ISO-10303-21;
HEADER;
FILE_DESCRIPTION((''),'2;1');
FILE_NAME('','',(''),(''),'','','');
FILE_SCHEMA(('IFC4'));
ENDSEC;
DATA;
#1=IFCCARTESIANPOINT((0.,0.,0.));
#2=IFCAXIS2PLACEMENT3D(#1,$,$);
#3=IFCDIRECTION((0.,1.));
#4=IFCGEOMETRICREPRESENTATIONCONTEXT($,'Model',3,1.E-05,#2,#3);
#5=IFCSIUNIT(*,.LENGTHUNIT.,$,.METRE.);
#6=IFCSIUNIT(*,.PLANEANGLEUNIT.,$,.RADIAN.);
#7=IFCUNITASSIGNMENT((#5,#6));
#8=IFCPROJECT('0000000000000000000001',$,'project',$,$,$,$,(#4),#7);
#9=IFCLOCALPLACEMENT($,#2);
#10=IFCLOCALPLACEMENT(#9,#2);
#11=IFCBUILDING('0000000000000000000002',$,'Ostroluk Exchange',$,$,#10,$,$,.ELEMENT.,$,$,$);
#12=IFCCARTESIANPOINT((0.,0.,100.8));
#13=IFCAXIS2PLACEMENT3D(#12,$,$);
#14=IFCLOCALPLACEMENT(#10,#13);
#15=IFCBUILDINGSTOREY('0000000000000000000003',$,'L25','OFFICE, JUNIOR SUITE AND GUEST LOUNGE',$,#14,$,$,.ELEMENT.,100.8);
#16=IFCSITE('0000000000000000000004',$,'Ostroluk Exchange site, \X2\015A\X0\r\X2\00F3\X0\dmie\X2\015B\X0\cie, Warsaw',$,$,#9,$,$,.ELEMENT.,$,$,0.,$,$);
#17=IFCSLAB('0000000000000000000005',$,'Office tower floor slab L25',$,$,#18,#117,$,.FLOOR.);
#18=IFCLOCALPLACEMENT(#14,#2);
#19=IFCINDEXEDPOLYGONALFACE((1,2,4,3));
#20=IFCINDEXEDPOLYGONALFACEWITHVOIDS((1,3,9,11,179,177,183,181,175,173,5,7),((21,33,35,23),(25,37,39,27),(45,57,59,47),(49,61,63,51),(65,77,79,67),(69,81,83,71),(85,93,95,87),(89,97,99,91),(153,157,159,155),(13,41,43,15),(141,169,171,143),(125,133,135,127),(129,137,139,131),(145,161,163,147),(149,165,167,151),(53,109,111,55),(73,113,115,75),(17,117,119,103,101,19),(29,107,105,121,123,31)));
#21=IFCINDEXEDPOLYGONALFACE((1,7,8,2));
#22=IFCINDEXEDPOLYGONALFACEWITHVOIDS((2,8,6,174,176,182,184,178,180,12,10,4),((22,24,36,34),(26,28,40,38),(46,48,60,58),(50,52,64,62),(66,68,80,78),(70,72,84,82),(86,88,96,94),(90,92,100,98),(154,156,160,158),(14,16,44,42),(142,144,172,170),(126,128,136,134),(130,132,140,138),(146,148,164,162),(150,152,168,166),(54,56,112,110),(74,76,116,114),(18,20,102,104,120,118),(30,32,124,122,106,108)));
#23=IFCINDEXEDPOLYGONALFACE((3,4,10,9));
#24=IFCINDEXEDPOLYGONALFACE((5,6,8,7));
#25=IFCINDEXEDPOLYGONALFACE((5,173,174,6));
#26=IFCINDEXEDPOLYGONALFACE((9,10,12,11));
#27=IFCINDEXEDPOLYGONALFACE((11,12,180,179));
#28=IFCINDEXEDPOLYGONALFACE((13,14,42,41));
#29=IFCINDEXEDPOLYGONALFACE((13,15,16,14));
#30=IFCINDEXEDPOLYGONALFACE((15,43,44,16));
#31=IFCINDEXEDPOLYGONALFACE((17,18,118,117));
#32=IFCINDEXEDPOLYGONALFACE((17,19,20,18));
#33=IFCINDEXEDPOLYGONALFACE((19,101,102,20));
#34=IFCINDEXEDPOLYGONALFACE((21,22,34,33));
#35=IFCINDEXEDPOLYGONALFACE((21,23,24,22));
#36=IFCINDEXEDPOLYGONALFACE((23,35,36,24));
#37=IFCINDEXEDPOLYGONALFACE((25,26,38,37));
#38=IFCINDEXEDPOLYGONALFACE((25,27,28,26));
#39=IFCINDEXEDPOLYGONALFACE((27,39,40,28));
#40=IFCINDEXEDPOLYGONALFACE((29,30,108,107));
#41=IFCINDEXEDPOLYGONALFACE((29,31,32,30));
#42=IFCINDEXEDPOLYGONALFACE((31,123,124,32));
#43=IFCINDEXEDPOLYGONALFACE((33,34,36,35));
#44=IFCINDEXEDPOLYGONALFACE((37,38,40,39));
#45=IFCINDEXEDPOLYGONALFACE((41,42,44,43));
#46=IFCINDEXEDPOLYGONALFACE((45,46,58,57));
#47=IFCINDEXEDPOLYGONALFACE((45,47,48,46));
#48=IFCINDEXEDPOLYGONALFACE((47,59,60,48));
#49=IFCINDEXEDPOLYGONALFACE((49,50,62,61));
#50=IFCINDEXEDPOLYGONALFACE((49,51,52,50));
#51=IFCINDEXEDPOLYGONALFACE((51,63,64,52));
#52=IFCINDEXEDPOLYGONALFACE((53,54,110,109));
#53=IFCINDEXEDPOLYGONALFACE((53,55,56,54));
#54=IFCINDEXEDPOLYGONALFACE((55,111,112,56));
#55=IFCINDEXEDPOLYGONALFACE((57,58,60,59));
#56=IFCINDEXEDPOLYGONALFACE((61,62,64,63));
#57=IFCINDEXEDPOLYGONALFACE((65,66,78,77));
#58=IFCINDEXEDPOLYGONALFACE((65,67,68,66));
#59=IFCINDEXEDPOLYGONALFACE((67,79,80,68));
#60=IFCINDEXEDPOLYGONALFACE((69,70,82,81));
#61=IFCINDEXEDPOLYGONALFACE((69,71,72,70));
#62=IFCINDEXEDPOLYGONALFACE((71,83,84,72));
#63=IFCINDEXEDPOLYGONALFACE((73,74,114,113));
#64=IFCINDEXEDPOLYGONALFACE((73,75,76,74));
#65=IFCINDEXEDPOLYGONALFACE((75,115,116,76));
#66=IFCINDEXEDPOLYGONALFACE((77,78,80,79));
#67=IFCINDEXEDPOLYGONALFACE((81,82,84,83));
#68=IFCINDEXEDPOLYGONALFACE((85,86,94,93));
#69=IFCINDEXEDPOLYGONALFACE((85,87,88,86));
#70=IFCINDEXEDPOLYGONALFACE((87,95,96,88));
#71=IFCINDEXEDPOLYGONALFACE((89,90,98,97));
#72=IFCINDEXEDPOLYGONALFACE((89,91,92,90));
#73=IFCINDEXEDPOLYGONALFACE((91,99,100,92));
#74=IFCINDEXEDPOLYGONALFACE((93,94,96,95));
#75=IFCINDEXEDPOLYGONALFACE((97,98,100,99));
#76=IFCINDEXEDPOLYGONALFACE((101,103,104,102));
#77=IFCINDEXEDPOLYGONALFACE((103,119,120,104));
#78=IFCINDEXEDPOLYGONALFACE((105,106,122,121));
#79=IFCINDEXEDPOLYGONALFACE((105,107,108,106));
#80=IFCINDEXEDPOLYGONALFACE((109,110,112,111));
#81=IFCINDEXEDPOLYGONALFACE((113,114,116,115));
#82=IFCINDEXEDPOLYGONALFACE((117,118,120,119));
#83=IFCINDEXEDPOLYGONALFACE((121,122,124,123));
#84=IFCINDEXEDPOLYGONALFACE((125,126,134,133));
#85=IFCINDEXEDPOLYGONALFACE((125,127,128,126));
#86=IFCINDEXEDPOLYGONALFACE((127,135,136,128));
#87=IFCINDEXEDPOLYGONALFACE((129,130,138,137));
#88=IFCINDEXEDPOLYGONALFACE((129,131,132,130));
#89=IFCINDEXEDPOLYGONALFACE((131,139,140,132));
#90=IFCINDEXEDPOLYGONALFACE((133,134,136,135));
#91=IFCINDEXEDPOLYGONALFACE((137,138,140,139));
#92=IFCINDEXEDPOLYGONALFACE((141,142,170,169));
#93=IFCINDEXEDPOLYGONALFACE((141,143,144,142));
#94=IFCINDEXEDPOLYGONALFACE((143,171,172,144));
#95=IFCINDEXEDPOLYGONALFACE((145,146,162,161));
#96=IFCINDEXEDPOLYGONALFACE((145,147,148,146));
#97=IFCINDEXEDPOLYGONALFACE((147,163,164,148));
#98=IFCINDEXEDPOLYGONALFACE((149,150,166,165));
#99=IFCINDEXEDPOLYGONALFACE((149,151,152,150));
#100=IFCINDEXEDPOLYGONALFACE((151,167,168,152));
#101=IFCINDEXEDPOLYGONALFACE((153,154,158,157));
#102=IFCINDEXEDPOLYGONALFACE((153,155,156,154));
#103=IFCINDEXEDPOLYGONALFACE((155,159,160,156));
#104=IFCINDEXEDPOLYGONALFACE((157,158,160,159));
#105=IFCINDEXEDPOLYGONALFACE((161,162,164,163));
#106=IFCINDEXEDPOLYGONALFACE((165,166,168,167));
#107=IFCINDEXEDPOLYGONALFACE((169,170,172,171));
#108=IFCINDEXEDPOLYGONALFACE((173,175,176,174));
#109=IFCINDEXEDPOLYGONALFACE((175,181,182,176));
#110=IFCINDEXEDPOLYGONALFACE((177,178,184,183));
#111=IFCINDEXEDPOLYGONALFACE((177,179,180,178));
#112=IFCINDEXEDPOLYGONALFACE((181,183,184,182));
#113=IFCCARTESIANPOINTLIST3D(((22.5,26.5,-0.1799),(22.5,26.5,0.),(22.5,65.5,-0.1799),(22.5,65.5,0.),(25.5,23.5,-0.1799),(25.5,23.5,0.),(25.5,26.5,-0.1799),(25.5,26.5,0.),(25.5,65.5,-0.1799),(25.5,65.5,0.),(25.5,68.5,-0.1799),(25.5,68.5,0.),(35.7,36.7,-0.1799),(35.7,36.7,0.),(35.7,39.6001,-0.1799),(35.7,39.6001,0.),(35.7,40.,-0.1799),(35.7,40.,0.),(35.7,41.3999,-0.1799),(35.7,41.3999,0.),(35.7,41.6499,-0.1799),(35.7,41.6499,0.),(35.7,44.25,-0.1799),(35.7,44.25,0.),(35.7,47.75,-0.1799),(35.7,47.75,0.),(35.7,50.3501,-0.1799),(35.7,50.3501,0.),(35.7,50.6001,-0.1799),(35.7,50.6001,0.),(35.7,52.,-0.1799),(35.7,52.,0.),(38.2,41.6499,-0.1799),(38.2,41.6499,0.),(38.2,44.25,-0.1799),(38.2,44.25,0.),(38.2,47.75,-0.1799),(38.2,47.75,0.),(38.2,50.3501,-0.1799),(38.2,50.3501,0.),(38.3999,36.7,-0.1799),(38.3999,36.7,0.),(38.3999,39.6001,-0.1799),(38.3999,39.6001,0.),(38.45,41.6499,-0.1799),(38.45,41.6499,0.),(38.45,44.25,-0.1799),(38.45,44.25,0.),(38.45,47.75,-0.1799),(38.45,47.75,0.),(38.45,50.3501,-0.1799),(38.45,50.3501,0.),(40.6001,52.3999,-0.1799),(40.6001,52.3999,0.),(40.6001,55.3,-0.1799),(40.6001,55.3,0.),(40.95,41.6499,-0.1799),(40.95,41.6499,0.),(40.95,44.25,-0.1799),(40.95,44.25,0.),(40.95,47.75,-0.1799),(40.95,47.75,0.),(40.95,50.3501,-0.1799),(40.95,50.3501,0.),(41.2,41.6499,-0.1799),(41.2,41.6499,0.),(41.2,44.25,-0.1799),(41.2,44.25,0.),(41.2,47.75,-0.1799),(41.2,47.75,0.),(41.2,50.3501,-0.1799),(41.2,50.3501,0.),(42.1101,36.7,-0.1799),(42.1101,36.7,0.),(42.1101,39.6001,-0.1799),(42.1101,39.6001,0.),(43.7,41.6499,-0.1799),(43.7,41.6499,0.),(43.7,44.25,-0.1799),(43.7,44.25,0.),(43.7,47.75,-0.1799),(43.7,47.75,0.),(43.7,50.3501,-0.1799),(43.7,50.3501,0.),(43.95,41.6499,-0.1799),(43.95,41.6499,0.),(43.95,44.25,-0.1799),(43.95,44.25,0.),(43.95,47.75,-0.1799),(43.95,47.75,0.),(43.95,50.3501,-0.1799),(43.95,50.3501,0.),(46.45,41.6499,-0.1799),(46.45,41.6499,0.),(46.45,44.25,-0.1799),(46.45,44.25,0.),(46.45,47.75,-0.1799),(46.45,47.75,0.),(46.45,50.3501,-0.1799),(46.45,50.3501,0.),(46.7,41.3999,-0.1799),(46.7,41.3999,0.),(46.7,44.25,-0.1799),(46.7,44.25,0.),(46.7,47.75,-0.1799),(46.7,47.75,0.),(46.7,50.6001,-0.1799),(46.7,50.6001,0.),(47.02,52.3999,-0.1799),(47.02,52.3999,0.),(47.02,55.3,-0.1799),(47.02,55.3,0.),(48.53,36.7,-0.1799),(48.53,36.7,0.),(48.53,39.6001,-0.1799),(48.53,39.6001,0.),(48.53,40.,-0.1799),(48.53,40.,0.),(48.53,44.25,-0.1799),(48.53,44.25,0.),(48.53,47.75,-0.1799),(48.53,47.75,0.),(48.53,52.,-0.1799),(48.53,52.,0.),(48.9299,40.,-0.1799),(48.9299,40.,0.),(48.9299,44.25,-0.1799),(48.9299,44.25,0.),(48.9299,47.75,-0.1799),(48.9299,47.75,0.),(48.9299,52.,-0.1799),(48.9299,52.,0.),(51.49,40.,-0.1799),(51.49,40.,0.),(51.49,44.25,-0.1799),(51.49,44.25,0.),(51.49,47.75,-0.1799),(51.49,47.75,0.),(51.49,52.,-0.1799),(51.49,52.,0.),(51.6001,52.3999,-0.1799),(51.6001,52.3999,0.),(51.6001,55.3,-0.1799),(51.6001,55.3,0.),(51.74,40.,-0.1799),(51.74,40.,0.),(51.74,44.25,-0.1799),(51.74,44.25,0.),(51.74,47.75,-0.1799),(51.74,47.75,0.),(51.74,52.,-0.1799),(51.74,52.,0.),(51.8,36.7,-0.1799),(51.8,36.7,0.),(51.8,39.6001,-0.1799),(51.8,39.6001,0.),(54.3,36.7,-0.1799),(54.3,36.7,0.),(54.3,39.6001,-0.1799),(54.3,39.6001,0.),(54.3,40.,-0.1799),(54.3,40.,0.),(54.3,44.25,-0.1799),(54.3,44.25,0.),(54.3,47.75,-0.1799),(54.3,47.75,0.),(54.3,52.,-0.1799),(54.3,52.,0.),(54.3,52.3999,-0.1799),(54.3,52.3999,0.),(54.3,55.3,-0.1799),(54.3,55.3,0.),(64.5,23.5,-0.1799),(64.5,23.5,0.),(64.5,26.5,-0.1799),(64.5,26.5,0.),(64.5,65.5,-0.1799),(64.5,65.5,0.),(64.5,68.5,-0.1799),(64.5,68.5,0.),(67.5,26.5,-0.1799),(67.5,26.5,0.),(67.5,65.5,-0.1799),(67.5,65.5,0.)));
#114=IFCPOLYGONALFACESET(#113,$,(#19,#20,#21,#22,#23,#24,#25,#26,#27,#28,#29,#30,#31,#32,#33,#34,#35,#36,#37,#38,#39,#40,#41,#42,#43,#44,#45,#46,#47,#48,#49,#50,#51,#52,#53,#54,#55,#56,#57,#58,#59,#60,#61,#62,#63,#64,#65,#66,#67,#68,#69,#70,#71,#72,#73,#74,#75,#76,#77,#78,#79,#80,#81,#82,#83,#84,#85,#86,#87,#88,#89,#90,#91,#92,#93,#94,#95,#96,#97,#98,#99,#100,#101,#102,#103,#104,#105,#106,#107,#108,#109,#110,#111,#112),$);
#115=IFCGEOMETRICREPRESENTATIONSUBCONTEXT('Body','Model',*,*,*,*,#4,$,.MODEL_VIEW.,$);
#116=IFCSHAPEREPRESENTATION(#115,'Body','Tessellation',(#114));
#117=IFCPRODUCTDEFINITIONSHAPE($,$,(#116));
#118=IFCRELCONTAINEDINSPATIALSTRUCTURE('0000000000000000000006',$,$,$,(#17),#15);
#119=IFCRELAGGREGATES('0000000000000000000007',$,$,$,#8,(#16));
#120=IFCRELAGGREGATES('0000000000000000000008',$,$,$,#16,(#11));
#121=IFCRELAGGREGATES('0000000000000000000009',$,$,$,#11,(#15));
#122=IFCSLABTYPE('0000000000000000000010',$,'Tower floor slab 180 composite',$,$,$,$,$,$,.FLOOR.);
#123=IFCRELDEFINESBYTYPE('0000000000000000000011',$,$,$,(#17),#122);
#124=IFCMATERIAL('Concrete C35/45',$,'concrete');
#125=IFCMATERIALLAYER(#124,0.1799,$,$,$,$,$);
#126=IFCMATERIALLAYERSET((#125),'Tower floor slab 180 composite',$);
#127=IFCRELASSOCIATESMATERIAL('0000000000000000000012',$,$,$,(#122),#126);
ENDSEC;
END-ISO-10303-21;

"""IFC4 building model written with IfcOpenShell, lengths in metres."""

from ifc_helpers import new_model, si_unit, direction, frame, origin, place, context, subcontext, project, spatial, polyline, outline, extrude, material, layer, layer_set, type_object, element, save


model = new_model("IFC4")

# Units and contexts
model_context = context("Model", 3, precision=1e-05, world=origin(), true_north=direction((0.0, 1.0)))
body_context = subcontext(model_context, "Body", "Model", "MODEL_VIEW")
ifc_project = project(units=[si_unit("LENGTHUNIT", "METRE"), si_unit("PLANEANGLEUNIT", "RADIAN")], contexts=[model_context])

# Site, building, storey
site_placement = place(None, origin())
site = spatial("IfcSite", under=ifc_project, at=site_placement, Name="Ostroluk Exchange site, Śródmieście, Warsaw", CompositionType="ELEMENT", RefElevation=0.0)
building_placement = place(site_placement, origin())
building = spatial("IfcBuilding", under=site, at=building_placement, Name="Ostroluk Exchange", CompositionType="ELEMENT")
storey_placement = place(building_placement, frame((0.0, 0.0, 100.8)))
storey = spatial("IfcBuildingStorey", under=building, at=storey_placement, Name="L25", Description="OFFICE, JUNIOR SUITE AND GUEST LOUNGE", CompositionType="ELEMENT", Elevation=100.8)

# Slab
ifc_material_1 = material(Name="Concrete C35/45", Category="concrete")
ifc_layer_1 = layer(ifc_material_1, 0.1799)
ifc_layer_set_1 = layer_set([ifc_layer_1], Name="Tower floor slab 180 composite")
slab_type_1 = type_object("IfcSlabType", Name="Tower floor slab 180 composite", PredefinedType="FLOOR", material=ifc_layer_set_1)
slab_1_placement = place(storey_placement, frame((0.0, 0.0, -0.1799)))
element("IfcSlab", 1, at=slab_1_placement, inside=storey, type_object=slab_type_1, Name="Office tower floor slab L25", PredefinedType="FLOOR", context=body_context, shape_type="SweptSolid", body=[
    extrude(outline(polyline([(25.5, 23.5), (64.5, 23.5), (64.5, 26.5), (67.5, 26.5), (67.5, 65.5), (64.5, 65.5), (64.5, 68.5), (25.5, 68.5), (25.5, 65.5), (22.5, 65.5), (22.5, 26.5), (25.5, 26.5), (25.5, 23.5)]), holes=[polyline([(35.7, 36.7), (38.3999, 36.7), (38.3999, 39.6001), (35.7, 39.6001), (35.7, 36.7)]), polyline([(42.1101, 36.7), (48.53, 36.7), (48.53, 39.6001), (42.1101, 39.6001), (42.1101, 36.7)]), polyline([(51.8, 36.7), (54.3, 36.7), (54.3, 39.6001), (51.8, 39.6001), (51.8, 36.7)]), polyline([(40.6001, 52.3999), (47.02, 52.3999), (47.02, 55.3), (40.6001, 55.3), (40.6001, 52.3999)]), polyline([(51.6001, 52.3999), (54.3, 52.3999), (54.3, 55.3), (51.6001, 55.3), (51.6001, 52.3999)]), polyline([(35.7, 47.75), (38.2, 47.75), (38.2, 50.3501), (35.7, 50.3501), (35.7, 47.75)]), polyline([(38.45, 47.75), (40.95, 47.75), (40.95, 50.3501), (38.45, 50.3501), (38.45, 47.75)]), polyline([(41.2, 47.75), (43.7, 47.75), (43.7, 50.3501), (41.2, 50.3501), (41.2, 47.75)]), polyline([(43.95, 47.75), (46.45, 47.75), (46.45, 50.3501), (43.95, 50.3501), (43.95, 47.75)]), polyline([(35.7, 41.6499), (38.2, 41.6499), (38.2, 44.25), (35.7, 44.25), (35.7, 41.6499)]), polyline([(38.45, 41.6499), (40.95, 41.6499), (40.95, 44.25), (38.45, 44.25), (38.45, 41.6499)]), polyline([(41.2, 41.6499), (43.7, 41.6499), (43.7, 44.25), (41.2, 44.25), (41.2, 41.6499)]), polyline([(43.95, 41.6499), (46.45, 41.6499), (46.45, 44.25), (43.95, 44.25), (43.95, 41.6499)]), polyline([(48.9299, 47.75), (51.49, 47.75), (51.49, 52.0), (48.9299, 52.0), (48.9299, 47.75)]), polyline([(51.74, 47.75), (54.3, 47.75), (54.3, 52.0), (51.74, 52.0), (51.74, 47.75)]), polyline([(48.9299, 40.0), (51.49, 40.0), (51.49, 44.25), (48.9299, 44.25), (48.9299, 40.0)]), polyline([(51.74, 40.0), (54.3, 40.0), (54.3, 44.25), (51.74, 44.25), (51.74, 40.0)]), polyline([(48.53, 52.0), (48.53, 47.75), (46.7, 47.75), (46.7, 50.6001), (35.7, 50.6001), (35.7, 52.0), (48.53, 52.0)]), polyline([(35.7, 40.0), (35.7, 41.3999), (46.7, 41.3999), (46.7, 44.25), (48.53, 44.25), (48.53, 40.0), (35.7, 40.0)])]), origin(), (0.0, 0.0, 1.0), 0.1799),
])

save(model, "model.ifc")
